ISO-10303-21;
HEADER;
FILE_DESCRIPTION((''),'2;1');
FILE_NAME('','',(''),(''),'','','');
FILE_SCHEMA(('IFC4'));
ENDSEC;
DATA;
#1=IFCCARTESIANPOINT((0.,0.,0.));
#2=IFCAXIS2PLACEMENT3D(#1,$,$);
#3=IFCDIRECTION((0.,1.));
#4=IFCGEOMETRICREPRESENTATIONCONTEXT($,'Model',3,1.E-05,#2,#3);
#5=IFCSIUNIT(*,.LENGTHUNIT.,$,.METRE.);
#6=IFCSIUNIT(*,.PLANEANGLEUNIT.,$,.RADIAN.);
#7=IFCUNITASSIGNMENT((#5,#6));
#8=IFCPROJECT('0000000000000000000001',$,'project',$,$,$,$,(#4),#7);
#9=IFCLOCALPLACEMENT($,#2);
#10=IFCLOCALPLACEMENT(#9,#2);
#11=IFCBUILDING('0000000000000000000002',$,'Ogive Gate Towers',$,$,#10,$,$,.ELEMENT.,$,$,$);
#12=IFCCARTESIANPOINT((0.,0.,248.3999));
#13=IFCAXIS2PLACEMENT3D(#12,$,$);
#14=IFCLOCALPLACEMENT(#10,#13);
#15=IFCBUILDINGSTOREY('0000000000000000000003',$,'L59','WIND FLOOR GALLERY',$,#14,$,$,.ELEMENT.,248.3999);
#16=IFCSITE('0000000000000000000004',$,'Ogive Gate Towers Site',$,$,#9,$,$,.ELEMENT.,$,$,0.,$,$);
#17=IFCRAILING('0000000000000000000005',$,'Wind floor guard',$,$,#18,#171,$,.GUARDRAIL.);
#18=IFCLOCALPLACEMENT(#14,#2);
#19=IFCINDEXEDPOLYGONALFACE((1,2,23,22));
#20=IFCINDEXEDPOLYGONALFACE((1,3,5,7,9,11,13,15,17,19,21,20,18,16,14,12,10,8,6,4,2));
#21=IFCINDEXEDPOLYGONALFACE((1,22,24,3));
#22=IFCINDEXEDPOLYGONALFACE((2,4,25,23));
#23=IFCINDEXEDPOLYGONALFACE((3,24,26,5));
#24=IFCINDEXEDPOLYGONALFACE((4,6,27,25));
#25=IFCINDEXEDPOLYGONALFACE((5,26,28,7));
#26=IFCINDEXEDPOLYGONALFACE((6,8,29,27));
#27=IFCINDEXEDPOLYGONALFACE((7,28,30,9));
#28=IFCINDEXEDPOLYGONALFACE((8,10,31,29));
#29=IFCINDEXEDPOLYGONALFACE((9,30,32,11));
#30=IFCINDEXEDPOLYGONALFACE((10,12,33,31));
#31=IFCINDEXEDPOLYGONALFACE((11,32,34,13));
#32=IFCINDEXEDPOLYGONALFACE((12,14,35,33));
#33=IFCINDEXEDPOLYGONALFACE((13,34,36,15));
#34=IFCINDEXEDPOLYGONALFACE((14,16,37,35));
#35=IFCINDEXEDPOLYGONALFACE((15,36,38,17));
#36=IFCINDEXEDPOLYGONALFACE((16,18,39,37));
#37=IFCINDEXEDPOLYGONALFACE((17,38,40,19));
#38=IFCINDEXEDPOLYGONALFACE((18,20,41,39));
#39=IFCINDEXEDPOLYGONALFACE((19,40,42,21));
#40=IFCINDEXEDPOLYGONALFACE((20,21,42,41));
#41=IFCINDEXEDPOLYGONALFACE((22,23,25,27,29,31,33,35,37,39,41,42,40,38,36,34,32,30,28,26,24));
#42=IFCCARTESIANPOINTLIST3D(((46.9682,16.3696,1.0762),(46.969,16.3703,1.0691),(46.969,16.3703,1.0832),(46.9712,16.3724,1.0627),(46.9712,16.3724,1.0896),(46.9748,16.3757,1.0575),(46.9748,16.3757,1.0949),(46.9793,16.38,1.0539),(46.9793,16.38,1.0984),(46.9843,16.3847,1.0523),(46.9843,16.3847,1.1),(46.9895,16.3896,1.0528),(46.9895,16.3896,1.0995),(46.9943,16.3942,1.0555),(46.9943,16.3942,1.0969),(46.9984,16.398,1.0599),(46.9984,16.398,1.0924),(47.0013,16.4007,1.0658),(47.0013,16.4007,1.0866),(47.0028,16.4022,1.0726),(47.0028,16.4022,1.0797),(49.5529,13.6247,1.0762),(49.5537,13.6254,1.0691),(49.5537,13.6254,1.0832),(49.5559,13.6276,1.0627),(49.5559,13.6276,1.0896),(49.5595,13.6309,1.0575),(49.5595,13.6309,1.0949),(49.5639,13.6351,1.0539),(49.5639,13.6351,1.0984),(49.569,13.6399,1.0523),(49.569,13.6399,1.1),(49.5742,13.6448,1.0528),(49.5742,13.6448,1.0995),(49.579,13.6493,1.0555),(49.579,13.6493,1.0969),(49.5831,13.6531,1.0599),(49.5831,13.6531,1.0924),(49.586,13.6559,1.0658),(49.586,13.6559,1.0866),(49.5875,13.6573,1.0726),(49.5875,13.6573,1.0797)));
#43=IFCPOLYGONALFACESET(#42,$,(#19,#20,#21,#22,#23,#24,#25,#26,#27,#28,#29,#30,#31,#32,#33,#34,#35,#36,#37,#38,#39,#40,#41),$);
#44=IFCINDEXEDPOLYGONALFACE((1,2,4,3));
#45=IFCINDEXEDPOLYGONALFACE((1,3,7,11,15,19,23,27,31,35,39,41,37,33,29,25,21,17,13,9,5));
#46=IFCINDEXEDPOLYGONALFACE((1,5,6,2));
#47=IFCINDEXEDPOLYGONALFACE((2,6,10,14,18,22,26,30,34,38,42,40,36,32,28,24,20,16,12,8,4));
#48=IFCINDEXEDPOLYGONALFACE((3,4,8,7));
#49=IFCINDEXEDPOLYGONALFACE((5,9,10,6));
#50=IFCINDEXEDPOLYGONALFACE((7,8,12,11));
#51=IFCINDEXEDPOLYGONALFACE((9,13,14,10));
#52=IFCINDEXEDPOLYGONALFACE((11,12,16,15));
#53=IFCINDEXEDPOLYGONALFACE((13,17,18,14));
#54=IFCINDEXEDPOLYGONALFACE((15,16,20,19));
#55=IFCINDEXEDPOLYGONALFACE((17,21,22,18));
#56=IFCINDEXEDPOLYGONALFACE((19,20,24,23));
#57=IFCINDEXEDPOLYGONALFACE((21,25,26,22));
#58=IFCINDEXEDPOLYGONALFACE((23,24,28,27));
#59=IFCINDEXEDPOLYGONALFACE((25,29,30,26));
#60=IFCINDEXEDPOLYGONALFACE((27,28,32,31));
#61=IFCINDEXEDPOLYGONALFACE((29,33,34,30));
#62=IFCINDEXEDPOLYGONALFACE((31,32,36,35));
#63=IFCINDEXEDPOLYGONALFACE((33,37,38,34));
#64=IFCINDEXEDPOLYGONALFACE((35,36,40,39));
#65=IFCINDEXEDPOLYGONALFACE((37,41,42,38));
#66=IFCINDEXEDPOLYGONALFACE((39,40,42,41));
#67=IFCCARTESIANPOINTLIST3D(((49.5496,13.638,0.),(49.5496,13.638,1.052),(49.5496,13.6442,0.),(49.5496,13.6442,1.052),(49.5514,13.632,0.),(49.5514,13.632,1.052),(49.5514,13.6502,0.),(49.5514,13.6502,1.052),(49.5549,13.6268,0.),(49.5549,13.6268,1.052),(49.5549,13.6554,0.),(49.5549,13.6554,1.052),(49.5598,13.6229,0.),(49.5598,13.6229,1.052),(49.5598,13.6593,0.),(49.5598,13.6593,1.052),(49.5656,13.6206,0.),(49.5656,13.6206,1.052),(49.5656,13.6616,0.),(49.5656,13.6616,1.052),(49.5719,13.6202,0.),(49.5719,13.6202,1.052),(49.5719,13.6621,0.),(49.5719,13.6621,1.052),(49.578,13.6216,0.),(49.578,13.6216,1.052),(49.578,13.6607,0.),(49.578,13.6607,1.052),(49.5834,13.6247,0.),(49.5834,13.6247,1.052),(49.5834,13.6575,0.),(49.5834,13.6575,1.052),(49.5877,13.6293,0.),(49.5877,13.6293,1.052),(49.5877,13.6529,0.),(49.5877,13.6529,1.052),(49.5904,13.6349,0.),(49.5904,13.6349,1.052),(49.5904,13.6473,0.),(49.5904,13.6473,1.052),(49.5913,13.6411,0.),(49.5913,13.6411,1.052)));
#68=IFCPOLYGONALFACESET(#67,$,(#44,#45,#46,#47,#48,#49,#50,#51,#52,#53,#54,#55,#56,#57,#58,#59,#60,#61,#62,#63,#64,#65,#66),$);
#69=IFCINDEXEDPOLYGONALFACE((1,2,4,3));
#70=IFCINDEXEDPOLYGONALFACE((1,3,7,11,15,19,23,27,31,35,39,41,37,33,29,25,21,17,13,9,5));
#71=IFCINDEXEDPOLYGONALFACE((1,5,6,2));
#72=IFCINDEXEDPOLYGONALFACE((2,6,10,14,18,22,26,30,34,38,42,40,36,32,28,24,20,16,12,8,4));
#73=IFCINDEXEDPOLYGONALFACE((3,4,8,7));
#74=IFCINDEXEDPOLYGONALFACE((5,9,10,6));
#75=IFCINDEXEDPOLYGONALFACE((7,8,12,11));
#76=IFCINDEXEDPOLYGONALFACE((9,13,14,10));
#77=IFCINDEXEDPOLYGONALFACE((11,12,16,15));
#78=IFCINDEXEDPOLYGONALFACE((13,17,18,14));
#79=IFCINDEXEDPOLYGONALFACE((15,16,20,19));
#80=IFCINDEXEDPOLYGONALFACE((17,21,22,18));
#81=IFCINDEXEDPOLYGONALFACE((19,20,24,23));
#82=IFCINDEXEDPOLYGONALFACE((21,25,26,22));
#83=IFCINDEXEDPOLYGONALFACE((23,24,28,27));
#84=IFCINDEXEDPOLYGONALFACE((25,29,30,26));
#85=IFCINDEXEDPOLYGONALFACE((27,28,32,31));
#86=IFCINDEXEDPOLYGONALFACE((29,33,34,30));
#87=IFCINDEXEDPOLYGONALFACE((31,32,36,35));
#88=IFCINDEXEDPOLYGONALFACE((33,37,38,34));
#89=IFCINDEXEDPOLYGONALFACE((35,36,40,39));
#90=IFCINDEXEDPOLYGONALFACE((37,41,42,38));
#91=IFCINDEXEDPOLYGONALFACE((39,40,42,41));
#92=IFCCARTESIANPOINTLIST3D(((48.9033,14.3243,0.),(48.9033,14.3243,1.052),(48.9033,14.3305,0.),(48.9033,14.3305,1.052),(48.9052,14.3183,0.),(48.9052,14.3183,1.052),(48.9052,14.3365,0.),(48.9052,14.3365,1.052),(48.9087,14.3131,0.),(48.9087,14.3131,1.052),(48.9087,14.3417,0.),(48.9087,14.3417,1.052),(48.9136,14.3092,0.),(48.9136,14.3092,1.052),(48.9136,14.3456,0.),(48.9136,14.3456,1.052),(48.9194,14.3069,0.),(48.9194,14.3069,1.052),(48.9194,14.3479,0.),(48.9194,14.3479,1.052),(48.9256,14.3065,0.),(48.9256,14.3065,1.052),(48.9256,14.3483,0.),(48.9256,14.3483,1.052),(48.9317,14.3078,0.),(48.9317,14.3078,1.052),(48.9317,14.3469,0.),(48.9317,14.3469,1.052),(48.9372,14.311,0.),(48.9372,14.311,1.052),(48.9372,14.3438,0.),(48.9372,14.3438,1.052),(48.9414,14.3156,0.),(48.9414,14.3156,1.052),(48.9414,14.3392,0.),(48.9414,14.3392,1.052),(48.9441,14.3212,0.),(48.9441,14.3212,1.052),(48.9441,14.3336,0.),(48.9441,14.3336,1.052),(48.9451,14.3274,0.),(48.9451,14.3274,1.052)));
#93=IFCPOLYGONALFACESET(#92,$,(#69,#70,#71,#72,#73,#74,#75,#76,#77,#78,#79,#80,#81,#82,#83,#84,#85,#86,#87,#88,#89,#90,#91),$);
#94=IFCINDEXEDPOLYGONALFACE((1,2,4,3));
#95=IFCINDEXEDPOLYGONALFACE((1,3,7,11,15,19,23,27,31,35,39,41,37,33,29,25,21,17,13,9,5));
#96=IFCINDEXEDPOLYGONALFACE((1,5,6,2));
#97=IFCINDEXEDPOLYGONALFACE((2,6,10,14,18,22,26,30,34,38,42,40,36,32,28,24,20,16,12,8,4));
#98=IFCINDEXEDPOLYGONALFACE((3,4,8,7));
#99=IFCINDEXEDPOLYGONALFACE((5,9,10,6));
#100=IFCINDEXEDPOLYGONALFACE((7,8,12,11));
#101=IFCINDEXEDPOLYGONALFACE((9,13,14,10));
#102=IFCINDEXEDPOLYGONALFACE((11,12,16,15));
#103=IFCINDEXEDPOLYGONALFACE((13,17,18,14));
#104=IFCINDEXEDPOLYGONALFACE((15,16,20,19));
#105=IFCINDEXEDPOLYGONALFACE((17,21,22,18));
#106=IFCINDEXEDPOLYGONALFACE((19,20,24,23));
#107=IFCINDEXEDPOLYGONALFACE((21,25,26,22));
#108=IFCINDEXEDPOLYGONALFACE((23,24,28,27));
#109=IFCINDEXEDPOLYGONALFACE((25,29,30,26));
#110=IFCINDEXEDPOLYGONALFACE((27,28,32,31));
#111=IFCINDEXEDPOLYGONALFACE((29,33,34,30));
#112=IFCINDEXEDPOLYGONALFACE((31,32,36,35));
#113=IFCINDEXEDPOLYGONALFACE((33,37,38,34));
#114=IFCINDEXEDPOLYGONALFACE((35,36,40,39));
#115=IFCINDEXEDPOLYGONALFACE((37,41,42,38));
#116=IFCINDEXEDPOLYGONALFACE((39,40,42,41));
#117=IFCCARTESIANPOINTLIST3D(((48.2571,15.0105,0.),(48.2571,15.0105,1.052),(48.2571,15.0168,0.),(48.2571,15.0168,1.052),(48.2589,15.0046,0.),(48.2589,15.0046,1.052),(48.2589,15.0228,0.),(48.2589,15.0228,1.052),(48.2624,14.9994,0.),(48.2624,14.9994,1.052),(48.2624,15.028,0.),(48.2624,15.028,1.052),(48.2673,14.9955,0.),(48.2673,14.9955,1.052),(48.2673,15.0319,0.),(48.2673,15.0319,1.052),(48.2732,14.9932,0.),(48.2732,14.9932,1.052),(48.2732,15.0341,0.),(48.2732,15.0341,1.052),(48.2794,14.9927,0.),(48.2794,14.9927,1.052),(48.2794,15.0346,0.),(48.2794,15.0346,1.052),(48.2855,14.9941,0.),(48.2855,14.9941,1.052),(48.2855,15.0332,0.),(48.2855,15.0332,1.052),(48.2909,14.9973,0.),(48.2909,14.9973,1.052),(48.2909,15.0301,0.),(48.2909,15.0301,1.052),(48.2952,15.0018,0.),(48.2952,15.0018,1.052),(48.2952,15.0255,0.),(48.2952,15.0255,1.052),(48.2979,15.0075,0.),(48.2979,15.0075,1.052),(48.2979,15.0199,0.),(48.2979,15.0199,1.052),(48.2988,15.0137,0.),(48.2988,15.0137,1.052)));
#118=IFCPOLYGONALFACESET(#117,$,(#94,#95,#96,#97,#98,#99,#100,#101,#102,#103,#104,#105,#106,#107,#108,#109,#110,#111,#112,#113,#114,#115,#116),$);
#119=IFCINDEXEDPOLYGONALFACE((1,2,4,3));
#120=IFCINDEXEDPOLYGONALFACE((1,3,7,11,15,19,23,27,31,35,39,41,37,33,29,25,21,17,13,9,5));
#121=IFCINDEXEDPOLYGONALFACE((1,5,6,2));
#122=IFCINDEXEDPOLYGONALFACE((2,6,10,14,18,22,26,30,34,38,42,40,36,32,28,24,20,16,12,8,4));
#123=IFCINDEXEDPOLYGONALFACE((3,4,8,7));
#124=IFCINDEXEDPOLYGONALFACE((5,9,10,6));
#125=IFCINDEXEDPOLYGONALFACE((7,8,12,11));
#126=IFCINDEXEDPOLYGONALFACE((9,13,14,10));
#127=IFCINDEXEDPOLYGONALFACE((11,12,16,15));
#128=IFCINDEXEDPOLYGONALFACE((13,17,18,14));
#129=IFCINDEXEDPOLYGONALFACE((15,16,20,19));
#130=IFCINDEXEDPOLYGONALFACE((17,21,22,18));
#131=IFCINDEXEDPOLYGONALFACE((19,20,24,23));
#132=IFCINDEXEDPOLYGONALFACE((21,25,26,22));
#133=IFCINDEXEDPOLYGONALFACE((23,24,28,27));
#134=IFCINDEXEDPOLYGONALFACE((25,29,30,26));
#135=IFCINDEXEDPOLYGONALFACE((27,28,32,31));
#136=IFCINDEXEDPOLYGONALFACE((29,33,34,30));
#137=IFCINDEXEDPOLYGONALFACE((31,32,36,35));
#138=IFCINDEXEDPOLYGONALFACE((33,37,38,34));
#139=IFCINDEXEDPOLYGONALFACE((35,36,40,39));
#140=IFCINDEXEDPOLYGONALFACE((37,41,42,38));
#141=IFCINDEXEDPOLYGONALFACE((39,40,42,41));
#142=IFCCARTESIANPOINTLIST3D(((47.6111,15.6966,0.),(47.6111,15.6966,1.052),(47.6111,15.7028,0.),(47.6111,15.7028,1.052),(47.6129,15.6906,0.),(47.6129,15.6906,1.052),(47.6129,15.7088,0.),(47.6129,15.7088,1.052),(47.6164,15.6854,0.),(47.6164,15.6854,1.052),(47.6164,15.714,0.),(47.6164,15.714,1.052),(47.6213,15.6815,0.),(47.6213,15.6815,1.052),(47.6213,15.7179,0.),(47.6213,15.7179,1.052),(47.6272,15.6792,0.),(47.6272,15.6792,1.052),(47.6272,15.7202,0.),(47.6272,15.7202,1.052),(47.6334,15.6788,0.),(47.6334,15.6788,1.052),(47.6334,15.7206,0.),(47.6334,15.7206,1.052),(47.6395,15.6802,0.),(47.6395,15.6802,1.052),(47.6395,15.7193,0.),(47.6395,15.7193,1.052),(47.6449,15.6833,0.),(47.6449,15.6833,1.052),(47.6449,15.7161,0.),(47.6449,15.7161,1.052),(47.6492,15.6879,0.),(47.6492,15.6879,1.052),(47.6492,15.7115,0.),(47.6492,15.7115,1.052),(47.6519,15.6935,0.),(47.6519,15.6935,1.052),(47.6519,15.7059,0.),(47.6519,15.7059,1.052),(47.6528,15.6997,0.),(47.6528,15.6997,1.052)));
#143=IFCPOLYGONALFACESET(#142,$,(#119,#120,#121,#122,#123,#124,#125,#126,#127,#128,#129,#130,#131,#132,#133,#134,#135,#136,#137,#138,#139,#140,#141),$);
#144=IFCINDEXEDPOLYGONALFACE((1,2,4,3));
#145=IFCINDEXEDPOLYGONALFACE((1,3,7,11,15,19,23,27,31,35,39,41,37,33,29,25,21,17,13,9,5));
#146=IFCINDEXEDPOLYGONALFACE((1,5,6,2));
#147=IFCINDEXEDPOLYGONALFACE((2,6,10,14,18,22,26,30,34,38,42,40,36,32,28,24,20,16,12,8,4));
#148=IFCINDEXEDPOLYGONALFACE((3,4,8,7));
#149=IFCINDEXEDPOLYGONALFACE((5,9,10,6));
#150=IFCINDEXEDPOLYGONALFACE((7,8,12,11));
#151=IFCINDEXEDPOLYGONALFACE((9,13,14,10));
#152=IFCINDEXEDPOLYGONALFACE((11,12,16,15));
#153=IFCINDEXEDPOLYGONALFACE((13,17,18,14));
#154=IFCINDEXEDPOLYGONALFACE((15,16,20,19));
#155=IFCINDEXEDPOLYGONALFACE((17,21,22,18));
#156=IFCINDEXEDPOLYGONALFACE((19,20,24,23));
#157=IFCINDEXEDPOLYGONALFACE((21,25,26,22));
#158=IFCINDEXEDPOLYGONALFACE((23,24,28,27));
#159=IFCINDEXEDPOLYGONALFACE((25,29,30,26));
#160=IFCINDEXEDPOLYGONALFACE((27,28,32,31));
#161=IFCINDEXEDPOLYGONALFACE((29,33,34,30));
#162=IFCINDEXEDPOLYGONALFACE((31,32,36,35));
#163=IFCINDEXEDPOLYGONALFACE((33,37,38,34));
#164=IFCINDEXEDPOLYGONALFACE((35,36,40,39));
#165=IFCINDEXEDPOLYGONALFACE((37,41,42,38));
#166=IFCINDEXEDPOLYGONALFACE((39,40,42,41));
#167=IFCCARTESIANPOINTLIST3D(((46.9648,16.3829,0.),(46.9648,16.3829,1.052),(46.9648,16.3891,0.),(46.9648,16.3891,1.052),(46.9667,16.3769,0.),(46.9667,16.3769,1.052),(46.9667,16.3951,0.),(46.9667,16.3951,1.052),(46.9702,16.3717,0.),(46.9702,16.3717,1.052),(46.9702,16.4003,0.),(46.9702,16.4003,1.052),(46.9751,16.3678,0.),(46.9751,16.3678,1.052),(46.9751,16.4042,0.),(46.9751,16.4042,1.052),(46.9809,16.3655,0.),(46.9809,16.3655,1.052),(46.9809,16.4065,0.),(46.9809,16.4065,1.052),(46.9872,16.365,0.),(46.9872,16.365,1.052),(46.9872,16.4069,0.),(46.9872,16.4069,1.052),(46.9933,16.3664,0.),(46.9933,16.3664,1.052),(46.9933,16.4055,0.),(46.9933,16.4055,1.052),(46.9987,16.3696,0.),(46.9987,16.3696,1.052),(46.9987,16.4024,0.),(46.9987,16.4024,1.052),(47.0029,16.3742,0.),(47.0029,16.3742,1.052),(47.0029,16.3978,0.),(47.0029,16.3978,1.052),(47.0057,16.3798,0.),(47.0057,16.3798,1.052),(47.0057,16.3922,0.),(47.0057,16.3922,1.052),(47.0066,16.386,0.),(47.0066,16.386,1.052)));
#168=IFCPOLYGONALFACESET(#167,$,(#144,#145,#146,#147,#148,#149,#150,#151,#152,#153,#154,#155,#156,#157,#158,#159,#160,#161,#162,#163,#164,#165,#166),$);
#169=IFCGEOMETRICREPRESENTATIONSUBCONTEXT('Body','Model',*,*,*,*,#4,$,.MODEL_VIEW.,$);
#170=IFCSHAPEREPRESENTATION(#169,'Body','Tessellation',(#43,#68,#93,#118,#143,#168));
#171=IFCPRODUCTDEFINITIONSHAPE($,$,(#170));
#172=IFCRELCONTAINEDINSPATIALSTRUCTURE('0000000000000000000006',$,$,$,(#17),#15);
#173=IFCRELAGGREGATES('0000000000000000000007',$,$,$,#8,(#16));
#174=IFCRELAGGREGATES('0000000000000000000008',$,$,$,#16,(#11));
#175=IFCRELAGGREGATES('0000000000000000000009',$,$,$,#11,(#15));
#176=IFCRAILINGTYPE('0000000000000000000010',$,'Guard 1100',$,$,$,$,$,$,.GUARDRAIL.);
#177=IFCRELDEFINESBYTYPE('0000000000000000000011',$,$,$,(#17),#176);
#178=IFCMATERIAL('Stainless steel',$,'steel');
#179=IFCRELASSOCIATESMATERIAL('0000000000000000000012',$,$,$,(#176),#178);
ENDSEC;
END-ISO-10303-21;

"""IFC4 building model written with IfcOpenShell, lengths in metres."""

from ifc_helpers import new_model, si_unit, direction, frame, origin, origin_2d, place, context, subcontext, project, spatial, circle, extrude, material, type_object, element, save


model = new_model("IFC4")

# Units and contexts
model_context = context("Model", 3, precision=1e-05, world=origin(), true_north=direction((0.0, 1.0)))
body_context = subcontext(model_context, "Body", "Model", "MODEL_VIEW")
ifc_project = project(units=[si_unit("LENGTHUNIT", "METRE"), si_unit("PLANEANGLEUNIT", "RADIAN")], contexts=[model_context])

# Site, building, storey
site_placement = place(None, origin())
site = spatial("IfcSite", under=ifc_project, at=site_placement, Name="Ogive Gate Towers Site", CompositionType="ELEMENT", RefElevation=0.0)
building_placement = place(site_placement, origin())
building = spatial("IfcBuilding", under=site, at=building_placement, Name="Ogive Gate Towers", CompositionType="ELEMENT")
storey_placement = place(building_placement, frame((0.0, 0.0, 248.3999)))
storey = spatial("IfcBuildingStorey", under=building, at=storey_placement, Name="L59", Description="WIND FLOOR GALLERY", CompositionType="ELEMENT", Elevation=248.3999)

# Railing
ifc_material_1 = material(Name="Stainless steel", Category="steel")
railing_type_1 = type_object("IfcRailingType", Name="Guard 1100", PredefinedType="GUARDRAIL", material=ifc_material_1)
railing_1_placement = place(storey_placement, frame((49.5703, 13.6411, 0.0)))
element("IfcRailing", 1, at=railing_1_placement, inside=storey, type_object=railing_type_1, Name="Wind floor guard", PredefinedType="GUARDRAIL", context=body_context, shape_type="SweptSolid", body=[
    extrude(circle(Radius=0.0239, at=origin_2d()), frame((0.0, 0.0, 1.0762), z_axis=(-0.685548, 0.728027, 0.0), x_axis=(-0.728027, -0.685548, 0.0)), (0.0, 0.0, 1.0), 3.7703),
    extrude(circle(Radius=0.021, at=origin_2d()), origin(), (0.0, 0.0, 1.0), 1.052),
    extrude(circle(Radius=0.021, at=origin_2d()), frame((-0.6462, 0.6863, 0.0)), (0.0, 0.0, 1.0), 1.052),
    extrude(circle(Radius=0.021, at=origin_2d()), frame((-1.2925, 1.3726, 0.0)), (0.0, 0.0, 1.0), 1.052),
    extrude(circle(Radius=0.021, at=origin_2d()), frame((-1.9385, 2.0586, 0.0)), (0.0, 0.0, 1.0), 1.052),
    extrude(circle(Radius=0.021, at=origin_2d()), frame((-2.5847, 2.7449, 0.0)), (0.0, 0.0, 1.0), 1.052),
])

save(model, "model.ifc")
